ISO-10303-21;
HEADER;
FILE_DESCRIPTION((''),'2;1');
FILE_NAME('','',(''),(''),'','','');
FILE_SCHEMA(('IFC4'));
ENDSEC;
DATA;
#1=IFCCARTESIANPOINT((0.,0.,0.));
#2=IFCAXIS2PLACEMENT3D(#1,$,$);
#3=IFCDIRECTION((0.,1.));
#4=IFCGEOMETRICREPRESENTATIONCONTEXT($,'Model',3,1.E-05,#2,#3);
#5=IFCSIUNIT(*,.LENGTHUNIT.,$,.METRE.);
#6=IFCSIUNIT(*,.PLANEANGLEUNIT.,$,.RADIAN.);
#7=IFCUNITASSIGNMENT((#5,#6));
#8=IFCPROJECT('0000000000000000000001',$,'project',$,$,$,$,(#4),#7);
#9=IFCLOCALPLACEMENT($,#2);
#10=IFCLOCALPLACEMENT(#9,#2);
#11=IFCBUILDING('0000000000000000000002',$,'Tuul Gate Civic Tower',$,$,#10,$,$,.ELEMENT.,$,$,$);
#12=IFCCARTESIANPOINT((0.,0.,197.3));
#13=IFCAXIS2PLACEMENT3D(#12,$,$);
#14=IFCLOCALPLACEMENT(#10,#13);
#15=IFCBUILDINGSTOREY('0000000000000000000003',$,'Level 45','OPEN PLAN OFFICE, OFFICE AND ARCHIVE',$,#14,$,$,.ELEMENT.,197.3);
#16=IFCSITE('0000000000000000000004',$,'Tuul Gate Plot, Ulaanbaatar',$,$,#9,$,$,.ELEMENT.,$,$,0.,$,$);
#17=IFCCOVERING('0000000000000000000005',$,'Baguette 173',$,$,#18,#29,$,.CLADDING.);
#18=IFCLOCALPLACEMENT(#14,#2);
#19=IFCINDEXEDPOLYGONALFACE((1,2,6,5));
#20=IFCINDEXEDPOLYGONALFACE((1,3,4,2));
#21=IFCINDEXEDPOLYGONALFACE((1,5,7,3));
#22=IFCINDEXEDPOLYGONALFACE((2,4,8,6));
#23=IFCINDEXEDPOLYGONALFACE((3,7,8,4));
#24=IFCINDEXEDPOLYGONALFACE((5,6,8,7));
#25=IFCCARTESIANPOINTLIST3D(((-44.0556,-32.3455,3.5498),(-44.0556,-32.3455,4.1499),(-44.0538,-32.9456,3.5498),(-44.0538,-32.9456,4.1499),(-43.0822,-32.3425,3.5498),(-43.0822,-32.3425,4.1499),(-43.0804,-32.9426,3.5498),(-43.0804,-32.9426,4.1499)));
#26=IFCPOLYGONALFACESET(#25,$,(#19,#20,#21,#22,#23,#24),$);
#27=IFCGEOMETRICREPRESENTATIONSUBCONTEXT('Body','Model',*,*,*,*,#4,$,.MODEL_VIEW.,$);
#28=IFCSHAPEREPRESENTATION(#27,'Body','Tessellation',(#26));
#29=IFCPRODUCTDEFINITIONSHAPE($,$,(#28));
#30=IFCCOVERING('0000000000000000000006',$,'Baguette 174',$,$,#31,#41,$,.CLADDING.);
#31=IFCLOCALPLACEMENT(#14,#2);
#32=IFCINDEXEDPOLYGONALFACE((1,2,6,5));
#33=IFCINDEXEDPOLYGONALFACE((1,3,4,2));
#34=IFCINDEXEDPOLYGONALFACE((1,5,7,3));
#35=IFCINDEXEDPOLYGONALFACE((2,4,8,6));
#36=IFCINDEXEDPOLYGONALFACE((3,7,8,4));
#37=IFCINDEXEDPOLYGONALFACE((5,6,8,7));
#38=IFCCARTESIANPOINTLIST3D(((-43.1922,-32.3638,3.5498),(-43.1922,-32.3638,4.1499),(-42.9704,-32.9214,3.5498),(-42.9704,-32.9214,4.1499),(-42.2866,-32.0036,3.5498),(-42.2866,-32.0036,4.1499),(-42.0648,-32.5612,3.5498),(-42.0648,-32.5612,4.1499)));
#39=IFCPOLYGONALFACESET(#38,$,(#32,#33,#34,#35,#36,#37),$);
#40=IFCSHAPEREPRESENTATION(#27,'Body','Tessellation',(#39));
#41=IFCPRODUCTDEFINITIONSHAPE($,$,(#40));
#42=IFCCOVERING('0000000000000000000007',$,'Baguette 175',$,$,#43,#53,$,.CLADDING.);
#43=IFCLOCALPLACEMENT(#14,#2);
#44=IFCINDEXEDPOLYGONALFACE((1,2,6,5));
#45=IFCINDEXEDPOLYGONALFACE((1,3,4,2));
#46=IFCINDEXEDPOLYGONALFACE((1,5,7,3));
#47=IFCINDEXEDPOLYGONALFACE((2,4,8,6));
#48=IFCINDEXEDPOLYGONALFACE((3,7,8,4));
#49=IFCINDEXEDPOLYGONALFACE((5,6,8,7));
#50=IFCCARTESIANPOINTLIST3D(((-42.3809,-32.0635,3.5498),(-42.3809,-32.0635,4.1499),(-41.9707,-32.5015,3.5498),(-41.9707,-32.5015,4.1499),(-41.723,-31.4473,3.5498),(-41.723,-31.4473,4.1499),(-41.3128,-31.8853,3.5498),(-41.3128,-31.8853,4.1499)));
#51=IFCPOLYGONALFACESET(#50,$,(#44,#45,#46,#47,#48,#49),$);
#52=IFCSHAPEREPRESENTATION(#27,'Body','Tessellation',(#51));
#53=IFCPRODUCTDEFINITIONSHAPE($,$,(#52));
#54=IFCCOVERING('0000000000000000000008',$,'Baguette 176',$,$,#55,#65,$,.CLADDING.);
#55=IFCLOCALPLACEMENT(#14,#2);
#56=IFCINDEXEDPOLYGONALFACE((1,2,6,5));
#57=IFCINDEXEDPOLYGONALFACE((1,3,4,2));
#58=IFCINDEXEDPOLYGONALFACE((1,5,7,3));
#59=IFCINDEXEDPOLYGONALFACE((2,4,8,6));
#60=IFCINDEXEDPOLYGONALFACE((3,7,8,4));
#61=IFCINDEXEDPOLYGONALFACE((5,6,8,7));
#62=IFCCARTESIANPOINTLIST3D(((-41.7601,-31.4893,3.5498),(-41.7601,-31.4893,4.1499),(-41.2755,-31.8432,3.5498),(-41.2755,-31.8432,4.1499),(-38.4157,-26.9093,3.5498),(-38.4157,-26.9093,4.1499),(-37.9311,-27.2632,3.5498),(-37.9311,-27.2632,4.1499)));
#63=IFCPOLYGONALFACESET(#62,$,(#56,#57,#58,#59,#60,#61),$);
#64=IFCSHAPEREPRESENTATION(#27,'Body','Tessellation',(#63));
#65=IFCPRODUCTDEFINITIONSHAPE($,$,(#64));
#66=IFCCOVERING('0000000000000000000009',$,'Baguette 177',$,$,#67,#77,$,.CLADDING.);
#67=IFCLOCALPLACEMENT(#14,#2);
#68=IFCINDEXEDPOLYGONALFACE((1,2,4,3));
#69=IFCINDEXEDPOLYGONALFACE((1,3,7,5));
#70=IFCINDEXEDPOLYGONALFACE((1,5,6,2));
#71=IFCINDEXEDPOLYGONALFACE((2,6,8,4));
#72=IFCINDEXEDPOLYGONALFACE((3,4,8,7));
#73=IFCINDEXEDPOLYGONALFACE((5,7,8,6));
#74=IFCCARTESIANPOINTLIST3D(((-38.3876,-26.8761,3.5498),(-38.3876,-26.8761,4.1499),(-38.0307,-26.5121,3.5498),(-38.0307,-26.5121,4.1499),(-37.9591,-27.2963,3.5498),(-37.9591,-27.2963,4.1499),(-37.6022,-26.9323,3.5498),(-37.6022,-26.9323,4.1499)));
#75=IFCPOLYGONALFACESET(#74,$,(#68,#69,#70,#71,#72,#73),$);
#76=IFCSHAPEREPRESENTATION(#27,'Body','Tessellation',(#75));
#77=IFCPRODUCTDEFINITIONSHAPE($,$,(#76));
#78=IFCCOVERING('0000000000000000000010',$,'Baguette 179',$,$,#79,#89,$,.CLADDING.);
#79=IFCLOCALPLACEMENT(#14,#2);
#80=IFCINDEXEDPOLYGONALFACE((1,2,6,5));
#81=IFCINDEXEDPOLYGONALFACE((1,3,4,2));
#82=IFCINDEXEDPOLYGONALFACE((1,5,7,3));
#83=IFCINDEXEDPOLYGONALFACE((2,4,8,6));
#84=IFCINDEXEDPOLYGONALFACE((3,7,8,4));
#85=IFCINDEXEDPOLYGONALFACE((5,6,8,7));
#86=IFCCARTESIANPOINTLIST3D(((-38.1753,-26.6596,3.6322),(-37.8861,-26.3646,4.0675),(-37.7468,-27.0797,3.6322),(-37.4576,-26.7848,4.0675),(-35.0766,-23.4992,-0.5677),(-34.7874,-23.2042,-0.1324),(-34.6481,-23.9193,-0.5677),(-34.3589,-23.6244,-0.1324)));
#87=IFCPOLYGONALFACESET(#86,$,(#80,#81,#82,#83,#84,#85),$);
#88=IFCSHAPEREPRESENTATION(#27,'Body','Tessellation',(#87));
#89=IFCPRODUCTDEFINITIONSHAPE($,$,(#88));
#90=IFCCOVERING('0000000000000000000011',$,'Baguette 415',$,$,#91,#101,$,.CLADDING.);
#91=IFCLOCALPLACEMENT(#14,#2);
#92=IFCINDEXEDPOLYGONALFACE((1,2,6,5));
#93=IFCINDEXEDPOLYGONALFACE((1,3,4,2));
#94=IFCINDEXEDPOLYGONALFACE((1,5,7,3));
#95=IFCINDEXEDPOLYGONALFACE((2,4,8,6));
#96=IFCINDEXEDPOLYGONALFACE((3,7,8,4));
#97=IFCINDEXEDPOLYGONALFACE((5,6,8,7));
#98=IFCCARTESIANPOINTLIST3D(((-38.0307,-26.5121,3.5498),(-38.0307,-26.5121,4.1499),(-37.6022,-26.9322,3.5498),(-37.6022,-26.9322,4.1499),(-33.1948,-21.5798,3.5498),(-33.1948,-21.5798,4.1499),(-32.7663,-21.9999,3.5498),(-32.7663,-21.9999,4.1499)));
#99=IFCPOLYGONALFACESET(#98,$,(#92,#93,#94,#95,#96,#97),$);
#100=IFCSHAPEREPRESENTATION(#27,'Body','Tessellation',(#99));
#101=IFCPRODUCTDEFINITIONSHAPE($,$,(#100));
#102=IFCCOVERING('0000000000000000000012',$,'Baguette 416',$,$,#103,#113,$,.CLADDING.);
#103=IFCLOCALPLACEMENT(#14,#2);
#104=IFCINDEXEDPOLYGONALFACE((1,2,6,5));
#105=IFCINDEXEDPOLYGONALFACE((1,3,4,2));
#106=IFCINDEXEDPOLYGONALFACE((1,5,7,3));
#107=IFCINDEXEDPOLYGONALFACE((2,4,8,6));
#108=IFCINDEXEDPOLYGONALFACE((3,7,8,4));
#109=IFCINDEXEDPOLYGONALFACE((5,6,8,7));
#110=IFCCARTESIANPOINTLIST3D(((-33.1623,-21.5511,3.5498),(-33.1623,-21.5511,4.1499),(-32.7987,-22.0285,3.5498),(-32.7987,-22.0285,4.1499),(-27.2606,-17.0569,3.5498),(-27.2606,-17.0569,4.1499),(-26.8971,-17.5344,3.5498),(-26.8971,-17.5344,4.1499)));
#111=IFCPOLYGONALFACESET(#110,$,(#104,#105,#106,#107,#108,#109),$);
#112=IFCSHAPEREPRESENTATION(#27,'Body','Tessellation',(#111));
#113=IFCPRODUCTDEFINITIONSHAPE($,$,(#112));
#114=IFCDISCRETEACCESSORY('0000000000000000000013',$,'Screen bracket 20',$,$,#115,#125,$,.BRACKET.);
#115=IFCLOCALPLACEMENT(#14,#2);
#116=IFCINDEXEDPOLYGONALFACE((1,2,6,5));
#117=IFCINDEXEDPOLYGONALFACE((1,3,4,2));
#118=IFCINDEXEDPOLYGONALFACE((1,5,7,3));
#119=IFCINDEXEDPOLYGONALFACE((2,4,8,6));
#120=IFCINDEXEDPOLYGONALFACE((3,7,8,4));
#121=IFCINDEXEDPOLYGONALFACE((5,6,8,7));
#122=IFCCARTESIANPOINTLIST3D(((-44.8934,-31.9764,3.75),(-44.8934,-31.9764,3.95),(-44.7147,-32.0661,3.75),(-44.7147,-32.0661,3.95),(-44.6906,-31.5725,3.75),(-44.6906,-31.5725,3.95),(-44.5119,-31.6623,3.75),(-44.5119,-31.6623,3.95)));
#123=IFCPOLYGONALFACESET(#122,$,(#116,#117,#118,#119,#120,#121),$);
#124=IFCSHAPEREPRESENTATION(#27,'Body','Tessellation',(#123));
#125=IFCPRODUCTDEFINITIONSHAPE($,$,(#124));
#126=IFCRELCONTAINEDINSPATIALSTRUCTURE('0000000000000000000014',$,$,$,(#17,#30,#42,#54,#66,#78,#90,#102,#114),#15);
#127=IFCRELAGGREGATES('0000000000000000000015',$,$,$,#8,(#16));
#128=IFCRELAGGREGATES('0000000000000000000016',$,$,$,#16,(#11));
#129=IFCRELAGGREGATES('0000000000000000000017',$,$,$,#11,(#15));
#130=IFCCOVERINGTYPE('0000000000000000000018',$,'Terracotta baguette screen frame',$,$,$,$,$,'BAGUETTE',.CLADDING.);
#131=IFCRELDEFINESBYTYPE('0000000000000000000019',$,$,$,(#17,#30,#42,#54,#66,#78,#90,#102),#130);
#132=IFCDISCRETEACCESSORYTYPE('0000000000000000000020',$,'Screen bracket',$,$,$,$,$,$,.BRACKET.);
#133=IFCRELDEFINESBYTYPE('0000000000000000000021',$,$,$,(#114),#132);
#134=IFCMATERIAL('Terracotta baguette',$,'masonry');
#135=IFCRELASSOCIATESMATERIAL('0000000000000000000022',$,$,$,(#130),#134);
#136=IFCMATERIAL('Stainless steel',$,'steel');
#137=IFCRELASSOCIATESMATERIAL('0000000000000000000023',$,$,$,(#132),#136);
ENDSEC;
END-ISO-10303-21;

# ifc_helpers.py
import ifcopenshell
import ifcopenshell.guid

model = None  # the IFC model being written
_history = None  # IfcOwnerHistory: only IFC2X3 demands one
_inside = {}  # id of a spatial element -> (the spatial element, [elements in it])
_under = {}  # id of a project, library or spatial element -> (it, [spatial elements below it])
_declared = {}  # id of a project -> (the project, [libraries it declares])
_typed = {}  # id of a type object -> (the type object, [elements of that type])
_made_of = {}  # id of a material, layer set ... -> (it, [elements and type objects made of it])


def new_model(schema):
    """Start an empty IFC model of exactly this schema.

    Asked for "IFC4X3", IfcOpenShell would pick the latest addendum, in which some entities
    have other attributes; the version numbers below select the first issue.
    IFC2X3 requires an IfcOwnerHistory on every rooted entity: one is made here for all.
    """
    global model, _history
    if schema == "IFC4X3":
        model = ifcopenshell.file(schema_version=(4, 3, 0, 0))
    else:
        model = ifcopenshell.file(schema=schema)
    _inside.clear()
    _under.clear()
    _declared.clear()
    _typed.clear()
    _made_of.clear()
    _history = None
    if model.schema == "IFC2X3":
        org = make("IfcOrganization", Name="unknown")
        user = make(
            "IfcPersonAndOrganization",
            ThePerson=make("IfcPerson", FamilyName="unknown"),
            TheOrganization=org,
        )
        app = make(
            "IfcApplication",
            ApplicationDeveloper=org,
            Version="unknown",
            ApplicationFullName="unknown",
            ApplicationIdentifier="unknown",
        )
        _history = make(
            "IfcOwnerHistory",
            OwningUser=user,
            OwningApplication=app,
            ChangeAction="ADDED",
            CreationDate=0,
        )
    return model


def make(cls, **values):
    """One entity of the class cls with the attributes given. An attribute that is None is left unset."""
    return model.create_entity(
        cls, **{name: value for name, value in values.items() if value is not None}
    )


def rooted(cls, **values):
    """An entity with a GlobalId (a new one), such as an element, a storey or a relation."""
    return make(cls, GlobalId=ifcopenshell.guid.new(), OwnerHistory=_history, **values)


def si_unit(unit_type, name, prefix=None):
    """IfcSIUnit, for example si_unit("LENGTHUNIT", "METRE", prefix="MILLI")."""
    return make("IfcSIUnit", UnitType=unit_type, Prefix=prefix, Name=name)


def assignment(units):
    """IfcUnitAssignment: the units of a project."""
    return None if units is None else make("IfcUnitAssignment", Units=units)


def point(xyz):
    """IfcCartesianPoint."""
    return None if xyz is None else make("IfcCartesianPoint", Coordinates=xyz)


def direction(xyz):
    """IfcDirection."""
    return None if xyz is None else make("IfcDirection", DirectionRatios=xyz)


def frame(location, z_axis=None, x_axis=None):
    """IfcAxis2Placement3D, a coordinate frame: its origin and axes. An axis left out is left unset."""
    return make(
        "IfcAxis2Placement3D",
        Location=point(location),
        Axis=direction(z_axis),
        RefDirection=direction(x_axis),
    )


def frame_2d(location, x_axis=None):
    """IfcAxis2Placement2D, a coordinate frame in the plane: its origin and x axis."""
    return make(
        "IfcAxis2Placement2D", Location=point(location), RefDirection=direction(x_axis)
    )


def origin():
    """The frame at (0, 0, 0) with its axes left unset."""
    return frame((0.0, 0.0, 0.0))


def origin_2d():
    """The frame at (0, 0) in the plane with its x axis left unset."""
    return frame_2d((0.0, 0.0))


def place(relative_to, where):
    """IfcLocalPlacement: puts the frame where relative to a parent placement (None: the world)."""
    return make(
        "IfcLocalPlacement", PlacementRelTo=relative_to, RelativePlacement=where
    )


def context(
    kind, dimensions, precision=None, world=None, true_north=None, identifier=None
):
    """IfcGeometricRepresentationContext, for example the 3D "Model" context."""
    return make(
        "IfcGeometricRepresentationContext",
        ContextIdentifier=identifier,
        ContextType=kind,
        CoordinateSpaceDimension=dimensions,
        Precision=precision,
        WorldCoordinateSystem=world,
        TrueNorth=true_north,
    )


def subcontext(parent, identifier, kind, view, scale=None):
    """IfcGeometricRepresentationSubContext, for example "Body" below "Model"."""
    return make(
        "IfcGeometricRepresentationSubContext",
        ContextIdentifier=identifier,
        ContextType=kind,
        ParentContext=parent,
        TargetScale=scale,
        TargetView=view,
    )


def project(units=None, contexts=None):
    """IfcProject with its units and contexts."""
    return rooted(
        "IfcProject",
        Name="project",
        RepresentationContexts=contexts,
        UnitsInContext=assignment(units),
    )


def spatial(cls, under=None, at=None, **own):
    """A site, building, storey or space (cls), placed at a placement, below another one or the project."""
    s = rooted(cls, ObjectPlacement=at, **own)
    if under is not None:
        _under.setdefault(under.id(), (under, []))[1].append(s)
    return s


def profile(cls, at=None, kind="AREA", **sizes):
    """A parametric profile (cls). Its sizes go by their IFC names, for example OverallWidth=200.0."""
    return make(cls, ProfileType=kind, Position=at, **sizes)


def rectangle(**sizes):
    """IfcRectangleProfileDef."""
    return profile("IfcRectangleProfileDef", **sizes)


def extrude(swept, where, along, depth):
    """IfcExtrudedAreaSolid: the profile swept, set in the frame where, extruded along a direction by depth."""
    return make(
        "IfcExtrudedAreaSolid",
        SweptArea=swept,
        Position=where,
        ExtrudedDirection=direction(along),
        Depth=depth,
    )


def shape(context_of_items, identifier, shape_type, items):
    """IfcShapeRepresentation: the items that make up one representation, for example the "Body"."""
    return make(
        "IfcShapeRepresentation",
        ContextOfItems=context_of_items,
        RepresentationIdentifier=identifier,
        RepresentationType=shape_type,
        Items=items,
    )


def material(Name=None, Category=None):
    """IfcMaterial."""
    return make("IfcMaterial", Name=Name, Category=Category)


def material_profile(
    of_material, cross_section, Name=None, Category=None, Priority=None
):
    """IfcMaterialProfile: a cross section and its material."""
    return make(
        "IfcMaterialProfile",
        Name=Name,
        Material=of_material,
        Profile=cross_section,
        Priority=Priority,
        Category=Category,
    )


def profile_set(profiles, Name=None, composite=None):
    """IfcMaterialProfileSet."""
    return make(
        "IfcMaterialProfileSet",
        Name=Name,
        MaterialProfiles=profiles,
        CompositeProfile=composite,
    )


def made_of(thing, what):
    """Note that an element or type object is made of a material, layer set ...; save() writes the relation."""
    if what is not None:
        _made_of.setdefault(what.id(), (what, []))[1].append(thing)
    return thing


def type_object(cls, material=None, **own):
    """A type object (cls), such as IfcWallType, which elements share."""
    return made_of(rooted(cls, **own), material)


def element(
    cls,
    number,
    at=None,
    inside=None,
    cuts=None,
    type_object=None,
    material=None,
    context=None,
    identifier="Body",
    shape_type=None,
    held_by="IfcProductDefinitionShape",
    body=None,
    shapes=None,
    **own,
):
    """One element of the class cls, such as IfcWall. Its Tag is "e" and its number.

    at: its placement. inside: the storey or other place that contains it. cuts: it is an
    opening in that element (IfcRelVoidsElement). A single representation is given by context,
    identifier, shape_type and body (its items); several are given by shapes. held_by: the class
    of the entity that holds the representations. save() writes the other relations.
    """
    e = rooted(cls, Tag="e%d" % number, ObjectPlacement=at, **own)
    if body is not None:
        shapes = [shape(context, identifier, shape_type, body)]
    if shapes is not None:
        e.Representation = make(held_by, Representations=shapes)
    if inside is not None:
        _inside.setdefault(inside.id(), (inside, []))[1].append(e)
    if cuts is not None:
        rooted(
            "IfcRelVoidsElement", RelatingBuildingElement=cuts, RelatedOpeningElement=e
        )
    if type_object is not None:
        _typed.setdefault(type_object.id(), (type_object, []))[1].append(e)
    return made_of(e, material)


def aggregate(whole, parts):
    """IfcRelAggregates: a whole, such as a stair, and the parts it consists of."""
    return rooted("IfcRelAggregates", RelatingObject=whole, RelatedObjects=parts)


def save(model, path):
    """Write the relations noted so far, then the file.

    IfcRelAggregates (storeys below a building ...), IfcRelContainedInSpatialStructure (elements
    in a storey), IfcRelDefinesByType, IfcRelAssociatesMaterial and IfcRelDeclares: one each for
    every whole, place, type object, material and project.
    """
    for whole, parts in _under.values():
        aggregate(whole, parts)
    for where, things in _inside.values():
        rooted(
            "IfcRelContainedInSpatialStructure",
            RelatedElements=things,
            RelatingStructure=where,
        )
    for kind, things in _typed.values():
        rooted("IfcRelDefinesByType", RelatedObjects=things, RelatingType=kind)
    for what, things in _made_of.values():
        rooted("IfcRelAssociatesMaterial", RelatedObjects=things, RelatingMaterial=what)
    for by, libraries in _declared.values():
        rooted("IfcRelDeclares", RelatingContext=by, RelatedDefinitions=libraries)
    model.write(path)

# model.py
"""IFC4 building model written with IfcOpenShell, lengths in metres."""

from ifc_helpers import new_model, si_unit, direction, frame, origin, origin_2d, place, context, subcontext, project, spatial, rectangle, extrude, material, material_profile, profile_set, type_object, element, save


model = new_model("IFC4")

# Units and contexts
model_context = context("Model", 3, precision=1e-05, world=origin(), true_north=direction((0.0, 1.0)))
body_context = subcontext(model_context, "Body", "Model", "MODEL_VIEW")
ifc_project = project(units=[si_unit("LENGTHUNIT", "METRE"), si_unit("PLANEANGLEUNIT", "RADIAN")], contexts=[model_context])

# Site, building, storey
site_placement = place(None, origin())
site = spatial("IfcSite", under=ifc_project, at=site_placement, Name="Tuul Gate Plot, Ulaanbaatar", CompositionType="ELEMENT", RefElevation=0.0)
building_placement = place(site_placement, origin())
building = spatial("IfcBuilding", under=site, at=building_placement, Name="Tuul Gate Civic Tower", CompositionType="ELEMENT")
storey_placement = place(building_placement, frame((0.0, 0.0, 197.3)))
storey = spatial("IfcBuildingStorey", under=building, at=storey_placement, Name="Level 45", Description="OPEN PLAN OFFICE, OFFICE AND ARCHIVE", CompositionType="ELEMENT", Elevation=197.3)

# Coverings
ifc_material_1 = material(Name="Terracotta baguette", Category="masonry")
ifc_material_profile_1 = material_profile(ifc_material_1, rectangle(XDim=0.6001, YDim=0.6001, at=origin_2d()), Name="Terracotta baguette screen frame")
ifc_profile_set_1 = profile_set([ifc_material_profile_1], Name="Terracotta baguette")
covering_type = type_object("IfcCoveringType", Name="Terracotta baguette screen frame", ElementType="BAGUETTE", PredefinedType="CLADDING", material=ifc_profile_set_1)
covering_1_placement = place(storey_placement, frame((-44.0547, -32.6455, 3.8499), z_axis=(0.999995, 0.00301, 0.0), x_axis=(-0.00301, 0.999995, 0.0)))
element("IfcCovering", 1, at=covering_1_placement, inside=storey, type_object=covering_type, Name="Baguette 173", PredefinedType="CLADDING", context=body_context, shape_type="SweptSolid", body=[
    extrude(rectangle(XDim=0.6001, YDim=0.6001, at=origin_2d()), origin(), (0.0, 0.0, 1.0), 0.9734),
])
covering_2_placement = place(storey_placement, frame((-43.0813, -32.6426, 3.8499), z_axis=(0.929218, 0.369533, 0.0), x_axis=(-0.369533, 0.929218, 0.0)))
element("IfcCovering", 2, at=covering_2_placement, inside=storey, type_object=covering_type, Name="Baguette 174", PredefinedType="CLADDING", context=body_context, shape_type="SweptSolid", body=[
    extrude(rectangle(XDim=0.6001, YDim=0.6001, at=origin_2d()), origin(), (0.0, 0.0, 1.0), 0.9746),
])
covering_3_placement = place(storey_placement, frame((-42.1758, -32.2825, 3.8499), z_axis=(0.729883, 0.683572, 0.0), x_axis=(-0.683572, 0.729883, 0.0)))
element("IfcCovering", 3, at=covering_3_placement, inside=storey, type_object=covering_type, Name="Baguette 175", PredefinedType="CLADDING", context=body_context, shape_type="SweptSolid", body=[
    extrude(rectangle(XDim=0.6001, YDim=0.6001, at=origin_2d()), origin(), (0.0, 0.0, 1.0), 0.9014),
])
covering_4_placement = place(storey_placement, frame((-41.5178, -31.6663, 3.8499), z_axis=(0.589729, 0.807601, 0.0), x_axis=(-0.807601, 0.589729, 0.0)))
element("IfcCovering", 4, at=covering_4_placement, inside=storey, type_object=covering_type, Name="Baguette 176", PredefinedType="CLADDING", context=body_context, shape_type="SweptSolid", body=[
    extrude(rectangle(XDim=0.6001, YDim=0.6001, at=origin_2d()), origin(), (0.0, 0.0, 1.0), 5.6711),
])
covering_5_placement = place(storey_placement, frame((-38.1733, -27.0862, 3.8499), z_axis=(0.700129, 0.714017, 0.0), x_axis=(-0.714017, 0.700129, 0.0)))
element("IfcCovering", 5, at=covering_5_placement, inside=storey, type_object=covering_type, Name="Baguette 177", PredefinedType="CLADDING", context=body_context, shape_type="SweptSolid", body=[
    extrude(rectangle(XDim=0.6001, YDim=0.6001, at=origin_2d()), origin(), (0.0, 0.0, 1.0), 0.5098),
])
covering_6_placement = place(storey_placement, frame((-37.8164, -26.7222, 3.8499), z_axis=(0.507841, 0.517964, -0.688339), x_axis=(-0.71405, 0.700095, 0.0)))
element("IfcCovering", 6, at=covering_6_placement, inside=storey, type_object=covering_type, Name="Baguette 179", PredefinedType="CLADDING", context=body_context, shape_type="SweptSolid", body=[
    extrude(rectangle(XDim=0.6001, YDim=0.6001, at=origin_2d()), origin(), (0.0, 0.0, 1.0), 6.1016),
])
covering_7_placement = place(storey_placement, frame((-37.8164, -26.7222, 3.8499), z_axis=(0.700092, 0.714053, 0.0), x_axis=(-0.714053, 0.700092, 0.0)))
element("IfcCovering", 7, at=covering_7_placement, inside=storey, type_object=covering_type, Name="Baguette 415", PredefinedType="CLADDING", context=body_context, shape_type="SweptSolid", body=[
    extrude(rectangle(XDim=0.6001, YDim=0.6001, at=origin_2d()), origin(), (0.0, 0.0, 1.0), 6.9075),
])
covering_8_placement = place(storey_placement, frame((-32.9805, -21.7898, 3.8499), z_axis=(0.795583, 0.605845, 0.0), x_axis=(-0.605845, 0.795583, 0.0)))
element("IfcCovering", 8, at=covering_8_placement, inside=storey, type_object=covering_type, Name="Baguette 416", PredefinedType="CLADDING", context=body_context, shape_type="SweptSolid", body=[
    extrude(rectangle(XDim=0.6001, YDim=0.6001, at=origin_2d()), origin(), (0.0, 0.0, 1.0), 7.418),
])

# Discrete accessory
ifc_material_2 = material(Name="Stainless steel", Category="steel")
discrete_accessory_type = type_object("IfcDiscreteAccessoryType", Name="Screen bracket", PredefinedType="BRACKET", material=ifc_material_2)
discrete_accessory_placement = place(storey_placement, frame((-44.7026, -31.8193, 3.75), z_axis=(0.0, 0.0, 1.0), x_axis=(-0.448842, -0.893611, 0.0)))
element("IfcDiscreteAccessory", 9, at=discrete_accessory_placement, inside=storey, type_object=discrete_accessory_type, Name="Screen bracket 20", PredefinedType="BRACKET", context=body_context, shape_type="SweptSolid", body=[
    extrude(rectangle(XDim=0.4519, YDim=0.2, at=origin_2d()), origin(), (0.0, 0.0, 1.0), 0.2),
])

save(model, "model.ifc")
